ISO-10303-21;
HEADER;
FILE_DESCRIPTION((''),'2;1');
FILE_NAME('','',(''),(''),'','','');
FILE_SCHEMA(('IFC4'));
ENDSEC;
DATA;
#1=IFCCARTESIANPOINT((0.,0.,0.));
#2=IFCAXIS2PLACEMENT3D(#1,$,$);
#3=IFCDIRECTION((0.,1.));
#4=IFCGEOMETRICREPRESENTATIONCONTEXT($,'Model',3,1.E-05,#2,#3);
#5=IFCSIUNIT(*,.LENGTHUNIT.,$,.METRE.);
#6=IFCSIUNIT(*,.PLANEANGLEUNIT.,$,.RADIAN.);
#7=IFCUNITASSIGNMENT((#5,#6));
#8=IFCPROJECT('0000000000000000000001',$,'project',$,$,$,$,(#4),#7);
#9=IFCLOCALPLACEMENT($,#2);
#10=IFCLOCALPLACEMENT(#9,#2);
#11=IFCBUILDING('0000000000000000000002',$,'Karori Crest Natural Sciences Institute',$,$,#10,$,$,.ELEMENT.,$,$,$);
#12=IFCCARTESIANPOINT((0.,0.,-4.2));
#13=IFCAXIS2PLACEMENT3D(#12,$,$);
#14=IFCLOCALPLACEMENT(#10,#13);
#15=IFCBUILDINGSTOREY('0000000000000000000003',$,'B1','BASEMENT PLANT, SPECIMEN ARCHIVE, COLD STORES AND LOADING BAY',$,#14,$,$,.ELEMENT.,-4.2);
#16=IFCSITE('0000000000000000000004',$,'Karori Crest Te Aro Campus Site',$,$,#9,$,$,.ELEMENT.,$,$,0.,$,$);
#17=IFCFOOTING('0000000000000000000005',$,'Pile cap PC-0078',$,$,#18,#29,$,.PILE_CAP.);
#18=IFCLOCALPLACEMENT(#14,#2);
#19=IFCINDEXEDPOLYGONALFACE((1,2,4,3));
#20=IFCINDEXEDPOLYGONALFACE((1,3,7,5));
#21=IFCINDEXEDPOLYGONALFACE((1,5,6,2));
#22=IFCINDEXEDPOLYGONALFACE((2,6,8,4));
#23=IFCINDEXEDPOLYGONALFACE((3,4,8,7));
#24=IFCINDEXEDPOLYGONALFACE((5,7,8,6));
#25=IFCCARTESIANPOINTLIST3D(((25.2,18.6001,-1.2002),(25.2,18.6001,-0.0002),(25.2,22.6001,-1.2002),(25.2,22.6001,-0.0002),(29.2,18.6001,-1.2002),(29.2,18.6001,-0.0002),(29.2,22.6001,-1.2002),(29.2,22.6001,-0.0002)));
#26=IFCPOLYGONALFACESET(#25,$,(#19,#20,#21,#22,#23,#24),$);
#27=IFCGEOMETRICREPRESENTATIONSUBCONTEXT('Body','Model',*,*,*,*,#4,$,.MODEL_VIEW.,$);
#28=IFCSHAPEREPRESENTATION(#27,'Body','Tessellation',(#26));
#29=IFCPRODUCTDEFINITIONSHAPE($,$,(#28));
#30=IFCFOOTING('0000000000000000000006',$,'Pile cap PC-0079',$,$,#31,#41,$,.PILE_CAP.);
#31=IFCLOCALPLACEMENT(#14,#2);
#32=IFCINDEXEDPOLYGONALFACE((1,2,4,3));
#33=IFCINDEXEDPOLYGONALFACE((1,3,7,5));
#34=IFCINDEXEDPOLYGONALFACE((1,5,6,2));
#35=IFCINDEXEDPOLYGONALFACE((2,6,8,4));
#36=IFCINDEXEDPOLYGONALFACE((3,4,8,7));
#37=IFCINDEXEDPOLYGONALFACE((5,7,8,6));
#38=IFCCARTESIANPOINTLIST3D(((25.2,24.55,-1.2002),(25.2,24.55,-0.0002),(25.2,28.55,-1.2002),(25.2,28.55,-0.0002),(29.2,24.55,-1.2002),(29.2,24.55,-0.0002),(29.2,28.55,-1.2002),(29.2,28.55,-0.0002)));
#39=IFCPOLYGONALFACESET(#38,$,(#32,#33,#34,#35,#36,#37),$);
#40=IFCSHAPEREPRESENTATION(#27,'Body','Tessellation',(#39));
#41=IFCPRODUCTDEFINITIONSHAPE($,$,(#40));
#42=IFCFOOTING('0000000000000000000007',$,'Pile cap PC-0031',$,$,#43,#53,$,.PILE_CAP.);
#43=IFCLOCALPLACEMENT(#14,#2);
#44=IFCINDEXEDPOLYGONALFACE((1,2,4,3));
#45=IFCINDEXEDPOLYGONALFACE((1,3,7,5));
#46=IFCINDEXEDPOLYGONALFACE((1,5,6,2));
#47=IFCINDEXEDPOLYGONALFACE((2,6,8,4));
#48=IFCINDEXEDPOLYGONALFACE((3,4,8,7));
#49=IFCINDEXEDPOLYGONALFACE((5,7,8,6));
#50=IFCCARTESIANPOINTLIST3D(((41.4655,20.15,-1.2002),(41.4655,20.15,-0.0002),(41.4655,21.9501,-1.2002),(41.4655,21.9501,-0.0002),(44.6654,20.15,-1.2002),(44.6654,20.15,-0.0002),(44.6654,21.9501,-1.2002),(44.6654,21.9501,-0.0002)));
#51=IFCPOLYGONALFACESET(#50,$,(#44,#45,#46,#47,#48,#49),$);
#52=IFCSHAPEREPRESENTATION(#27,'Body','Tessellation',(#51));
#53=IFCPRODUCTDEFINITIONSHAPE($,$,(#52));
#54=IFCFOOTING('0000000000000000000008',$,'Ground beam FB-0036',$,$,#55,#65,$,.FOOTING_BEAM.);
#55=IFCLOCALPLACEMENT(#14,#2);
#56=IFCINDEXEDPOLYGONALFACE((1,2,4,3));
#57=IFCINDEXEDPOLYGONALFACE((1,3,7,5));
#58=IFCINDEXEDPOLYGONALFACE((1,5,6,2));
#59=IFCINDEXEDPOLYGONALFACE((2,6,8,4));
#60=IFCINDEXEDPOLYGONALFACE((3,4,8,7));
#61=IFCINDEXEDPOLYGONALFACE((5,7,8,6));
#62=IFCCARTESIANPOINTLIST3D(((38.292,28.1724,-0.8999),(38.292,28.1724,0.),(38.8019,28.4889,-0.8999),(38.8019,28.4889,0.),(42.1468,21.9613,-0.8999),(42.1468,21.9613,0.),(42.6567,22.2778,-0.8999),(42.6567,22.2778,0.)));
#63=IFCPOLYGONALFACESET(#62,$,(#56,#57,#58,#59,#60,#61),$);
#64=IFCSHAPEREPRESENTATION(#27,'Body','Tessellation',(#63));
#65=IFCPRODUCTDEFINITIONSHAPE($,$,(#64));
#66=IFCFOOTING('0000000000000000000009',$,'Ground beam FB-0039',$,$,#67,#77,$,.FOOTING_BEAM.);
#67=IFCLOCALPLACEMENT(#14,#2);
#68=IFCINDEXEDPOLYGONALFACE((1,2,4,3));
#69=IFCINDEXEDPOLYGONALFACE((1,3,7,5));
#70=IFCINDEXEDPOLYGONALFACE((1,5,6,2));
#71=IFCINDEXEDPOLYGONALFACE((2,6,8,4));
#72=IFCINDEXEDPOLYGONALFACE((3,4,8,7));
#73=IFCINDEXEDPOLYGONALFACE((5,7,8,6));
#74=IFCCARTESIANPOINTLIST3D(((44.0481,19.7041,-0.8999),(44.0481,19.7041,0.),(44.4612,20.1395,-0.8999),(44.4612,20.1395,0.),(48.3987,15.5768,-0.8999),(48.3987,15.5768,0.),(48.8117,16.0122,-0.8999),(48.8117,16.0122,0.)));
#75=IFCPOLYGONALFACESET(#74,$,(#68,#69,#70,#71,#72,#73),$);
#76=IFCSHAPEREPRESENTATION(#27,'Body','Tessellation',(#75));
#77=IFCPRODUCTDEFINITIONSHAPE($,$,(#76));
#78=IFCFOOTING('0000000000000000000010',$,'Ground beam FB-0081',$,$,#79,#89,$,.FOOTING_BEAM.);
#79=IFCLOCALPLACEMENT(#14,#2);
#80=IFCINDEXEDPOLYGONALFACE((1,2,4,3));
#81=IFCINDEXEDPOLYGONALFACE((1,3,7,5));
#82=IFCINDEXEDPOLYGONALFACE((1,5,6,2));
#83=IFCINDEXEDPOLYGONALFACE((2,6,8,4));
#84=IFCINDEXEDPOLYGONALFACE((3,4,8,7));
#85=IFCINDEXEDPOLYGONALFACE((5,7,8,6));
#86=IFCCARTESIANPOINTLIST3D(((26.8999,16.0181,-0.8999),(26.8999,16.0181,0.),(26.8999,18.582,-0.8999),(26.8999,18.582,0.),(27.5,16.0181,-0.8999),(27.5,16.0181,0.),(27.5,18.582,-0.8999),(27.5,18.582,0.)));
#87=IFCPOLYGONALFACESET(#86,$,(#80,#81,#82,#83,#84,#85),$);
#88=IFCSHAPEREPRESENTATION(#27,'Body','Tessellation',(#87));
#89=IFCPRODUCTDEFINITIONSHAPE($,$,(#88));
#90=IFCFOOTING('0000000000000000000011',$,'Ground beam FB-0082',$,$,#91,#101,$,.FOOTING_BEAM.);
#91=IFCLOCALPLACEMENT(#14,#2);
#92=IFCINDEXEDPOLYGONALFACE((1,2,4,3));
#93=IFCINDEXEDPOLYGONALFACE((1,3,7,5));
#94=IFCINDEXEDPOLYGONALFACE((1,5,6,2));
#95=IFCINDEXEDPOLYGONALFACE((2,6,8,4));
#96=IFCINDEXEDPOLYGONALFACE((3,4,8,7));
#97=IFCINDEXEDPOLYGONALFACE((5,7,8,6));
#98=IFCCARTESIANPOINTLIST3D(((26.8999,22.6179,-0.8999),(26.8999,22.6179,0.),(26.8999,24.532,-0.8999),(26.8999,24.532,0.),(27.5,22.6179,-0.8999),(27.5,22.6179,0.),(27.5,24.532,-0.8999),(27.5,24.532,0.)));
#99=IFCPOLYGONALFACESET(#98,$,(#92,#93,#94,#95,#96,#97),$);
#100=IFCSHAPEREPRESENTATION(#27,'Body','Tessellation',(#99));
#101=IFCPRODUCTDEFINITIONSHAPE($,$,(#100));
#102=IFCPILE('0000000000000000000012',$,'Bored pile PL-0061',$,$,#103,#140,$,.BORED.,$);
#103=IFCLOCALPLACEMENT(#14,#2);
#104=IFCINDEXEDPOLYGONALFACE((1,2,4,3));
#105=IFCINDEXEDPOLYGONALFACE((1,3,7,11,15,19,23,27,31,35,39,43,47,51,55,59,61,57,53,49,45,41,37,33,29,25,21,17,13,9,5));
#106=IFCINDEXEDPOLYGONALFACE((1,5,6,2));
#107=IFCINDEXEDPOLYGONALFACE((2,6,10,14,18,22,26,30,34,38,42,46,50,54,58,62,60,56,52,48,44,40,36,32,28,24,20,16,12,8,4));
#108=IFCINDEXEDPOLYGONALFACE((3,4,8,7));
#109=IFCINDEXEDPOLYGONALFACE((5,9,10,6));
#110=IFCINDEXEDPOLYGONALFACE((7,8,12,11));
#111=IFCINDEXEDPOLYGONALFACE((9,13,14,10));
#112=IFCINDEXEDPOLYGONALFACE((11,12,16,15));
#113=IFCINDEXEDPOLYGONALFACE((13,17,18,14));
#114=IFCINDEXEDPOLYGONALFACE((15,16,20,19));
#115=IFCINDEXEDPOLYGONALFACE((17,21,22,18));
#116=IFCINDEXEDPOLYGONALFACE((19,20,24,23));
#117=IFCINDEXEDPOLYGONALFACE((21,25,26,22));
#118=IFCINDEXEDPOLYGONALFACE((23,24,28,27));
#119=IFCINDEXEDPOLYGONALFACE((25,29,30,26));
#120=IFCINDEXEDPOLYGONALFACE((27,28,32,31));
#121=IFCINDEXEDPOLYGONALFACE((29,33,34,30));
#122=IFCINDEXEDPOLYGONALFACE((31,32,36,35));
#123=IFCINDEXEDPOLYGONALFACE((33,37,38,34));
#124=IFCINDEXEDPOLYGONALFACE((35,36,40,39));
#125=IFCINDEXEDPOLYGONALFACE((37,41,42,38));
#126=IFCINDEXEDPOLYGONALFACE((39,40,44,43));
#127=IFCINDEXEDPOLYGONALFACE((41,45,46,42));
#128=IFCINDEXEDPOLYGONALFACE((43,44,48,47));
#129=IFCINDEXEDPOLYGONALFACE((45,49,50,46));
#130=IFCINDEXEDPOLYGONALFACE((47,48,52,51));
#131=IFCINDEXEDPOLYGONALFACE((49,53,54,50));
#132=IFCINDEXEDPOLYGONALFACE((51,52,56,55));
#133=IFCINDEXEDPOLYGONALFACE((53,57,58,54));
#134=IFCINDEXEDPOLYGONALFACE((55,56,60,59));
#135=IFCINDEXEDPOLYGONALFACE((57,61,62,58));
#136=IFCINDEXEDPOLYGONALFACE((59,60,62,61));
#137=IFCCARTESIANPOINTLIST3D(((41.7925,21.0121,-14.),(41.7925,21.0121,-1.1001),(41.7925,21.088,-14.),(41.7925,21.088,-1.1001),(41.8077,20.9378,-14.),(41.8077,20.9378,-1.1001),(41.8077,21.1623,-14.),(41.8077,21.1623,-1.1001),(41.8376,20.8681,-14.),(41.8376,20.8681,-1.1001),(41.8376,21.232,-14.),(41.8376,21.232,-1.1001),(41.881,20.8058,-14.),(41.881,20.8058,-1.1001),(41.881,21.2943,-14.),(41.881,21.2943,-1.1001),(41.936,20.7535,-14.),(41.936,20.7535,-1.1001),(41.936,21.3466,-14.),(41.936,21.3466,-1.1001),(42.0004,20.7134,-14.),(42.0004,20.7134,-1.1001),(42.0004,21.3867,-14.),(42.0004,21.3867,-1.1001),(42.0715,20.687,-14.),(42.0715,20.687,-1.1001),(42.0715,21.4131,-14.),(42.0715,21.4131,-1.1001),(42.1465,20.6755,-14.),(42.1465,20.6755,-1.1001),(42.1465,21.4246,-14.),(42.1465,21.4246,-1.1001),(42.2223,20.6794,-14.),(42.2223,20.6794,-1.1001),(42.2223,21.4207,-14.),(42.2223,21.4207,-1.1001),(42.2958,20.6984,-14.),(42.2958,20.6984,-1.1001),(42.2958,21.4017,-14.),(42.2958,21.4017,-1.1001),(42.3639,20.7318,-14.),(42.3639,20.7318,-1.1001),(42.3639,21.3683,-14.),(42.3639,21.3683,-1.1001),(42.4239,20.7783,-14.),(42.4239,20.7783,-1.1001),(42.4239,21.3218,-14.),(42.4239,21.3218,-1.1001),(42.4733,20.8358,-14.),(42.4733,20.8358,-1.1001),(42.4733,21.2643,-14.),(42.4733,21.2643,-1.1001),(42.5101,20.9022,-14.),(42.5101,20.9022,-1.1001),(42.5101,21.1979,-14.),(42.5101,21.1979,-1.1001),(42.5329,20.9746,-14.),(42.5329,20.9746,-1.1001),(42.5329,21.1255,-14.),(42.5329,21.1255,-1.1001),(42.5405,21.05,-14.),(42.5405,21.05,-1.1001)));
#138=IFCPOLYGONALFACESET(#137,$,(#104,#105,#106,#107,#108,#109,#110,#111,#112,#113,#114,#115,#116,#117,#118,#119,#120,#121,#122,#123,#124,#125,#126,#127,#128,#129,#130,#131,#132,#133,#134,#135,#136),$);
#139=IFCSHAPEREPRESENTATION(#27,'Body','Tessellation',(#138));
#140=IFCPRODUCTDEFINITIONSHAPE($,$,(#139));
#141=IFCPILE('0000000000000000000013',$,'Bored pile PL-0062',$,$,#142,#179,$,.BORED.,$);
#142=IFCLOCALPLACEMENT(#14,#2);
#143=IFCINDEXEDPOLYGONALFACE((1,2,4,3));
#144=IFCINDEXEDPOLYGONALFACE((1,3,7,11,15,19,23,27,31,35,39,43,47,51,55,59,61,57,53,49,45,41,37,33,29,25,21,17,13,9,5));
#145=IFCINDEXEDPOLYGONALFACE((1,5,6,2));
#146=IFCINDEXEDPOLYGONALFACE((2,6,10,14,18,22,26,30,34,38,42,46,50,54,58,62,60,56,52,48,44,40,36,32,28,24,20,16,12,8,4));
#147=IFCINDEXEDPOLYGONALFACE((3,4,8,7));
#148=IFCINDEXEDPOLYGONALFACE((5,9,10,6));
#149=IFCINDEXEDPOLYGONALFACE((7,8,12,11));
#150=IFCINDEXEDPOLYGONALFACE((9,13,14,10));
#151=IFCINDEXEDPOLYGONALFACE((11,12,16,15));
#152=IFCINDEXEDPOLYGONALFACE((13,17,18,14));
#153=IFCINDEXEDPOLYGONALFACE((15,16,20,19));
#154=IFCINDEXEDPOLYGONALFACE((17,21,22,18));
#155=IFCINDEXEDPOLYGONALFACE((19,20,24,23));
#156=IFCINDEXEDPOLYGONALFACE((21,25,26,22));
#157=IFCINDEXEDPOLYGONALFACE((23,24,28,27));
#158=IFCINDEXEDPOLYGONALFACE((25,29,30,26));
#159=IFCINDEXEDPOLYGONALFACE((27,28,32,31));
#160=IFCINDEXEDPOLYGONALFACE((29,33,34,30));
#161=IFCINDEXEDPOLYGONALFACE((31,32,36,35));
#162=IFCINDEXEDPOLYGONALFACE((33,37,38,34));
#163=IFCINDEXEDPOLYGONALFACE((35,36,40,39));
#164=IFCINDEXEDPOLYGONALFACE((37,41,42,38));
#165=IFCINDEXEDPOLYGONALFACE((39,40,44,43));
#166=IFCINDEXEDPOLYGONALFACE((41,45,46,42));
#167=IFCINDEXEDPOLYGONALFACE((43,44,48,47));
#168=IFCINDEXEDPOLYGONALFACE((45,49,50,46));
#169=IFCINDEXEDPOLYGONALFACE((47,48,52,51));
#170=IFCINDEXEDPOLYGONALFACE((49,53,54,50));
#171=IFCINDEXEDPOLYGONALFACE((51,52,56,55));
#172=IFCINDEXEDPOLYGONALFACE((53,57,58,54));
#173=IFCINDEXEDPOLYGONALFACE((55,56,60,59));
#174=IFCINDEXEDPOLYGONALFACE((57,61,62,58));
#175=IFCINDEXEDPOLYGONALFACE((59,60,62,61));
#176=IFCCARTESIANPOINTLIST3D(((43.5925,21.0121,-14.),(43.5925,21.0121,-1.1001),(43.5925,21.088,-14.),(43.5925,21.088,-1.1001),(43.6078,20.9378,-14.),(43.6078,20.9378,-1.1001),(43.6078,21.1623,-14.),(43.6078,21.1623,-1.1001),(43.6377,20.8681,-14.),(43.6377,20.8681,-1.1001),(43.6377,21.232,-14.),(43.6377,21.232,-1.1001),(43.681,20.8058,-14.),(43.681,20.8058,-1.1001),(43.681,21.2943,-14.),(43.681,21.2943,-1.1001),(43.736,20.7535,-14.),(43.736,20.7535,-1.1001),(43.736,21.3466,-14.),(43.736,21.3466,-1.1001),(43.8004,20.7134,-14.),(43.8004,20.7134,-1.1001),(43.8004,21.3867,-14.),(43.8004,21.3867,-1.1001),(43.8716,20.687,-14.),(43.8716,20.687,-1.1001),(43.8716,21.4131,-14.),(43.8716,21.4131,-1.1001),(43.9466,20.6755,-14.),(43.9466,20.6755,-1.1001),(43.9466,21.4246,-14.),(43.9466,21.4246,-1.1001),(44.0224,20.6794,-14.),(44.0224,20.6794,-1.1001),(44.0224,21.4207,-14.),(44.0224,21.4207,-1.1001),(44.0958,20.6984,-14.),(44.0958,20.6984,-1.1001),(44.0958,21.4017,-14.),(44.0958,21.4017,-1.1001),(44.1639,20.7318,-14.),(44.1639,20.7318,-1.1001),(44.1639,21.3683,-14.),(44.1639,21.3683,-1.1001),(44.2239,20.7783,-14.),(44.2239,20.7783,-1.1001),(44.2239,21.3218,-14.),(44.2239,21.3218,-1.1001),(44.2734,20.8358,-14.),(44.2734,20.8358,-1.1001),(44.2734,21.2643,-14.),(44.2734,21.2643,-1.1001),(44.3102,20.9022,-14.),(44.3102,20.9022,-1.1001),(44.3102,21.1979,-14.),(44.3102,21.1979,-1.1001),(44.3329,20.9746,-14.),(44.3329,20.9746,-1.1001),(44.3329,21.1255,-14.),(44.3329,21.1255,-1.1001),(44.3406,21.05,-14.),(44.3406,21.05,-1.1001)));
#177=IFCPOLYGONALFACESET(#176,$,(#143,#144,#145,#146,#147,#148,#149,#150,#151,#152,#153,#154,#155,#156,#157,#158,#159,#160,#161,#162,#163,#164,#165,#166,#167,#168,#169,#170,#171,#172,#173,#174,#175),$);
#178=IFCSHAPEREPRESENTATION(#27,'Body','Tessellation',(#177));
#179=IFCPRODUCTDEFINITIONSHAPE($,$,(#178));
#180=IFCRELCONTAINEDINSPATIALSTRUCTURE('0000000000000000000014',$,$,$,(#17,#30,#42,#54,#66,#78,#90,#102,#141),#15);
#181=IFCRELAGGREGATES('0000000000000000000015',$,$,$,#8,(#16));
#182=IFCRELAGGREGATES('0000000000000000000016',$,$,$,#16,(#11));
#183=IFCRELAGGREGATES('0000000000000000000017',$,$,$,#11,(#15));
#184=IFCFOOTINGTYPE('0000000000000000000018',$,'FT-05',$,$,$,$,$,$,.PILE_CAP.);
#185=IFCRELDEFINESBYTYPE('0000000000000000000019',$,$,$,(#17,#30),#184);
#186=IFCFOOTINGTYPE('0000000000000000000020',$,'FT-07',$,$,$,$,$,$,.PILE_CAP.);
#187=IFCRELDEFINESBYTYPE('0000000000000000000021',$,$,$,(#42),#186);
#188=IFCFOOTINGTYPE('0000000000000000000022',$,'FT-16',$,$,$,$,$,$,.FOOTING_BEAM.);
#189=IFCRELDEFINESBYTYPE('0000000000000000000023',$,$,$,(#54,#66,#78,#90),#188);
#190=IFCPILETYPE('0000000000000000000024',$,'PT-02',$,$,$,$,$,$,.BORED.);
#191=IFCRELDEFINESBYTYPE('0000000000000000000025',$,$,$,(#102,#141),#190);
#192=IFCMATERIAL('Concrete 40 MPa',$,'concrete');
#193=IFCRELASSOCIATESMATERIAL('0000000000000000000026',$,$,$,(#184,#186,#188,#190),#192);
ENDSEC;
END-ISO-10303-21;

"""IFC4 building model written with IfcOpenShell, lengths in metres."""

from ifc_helpers import new_model, si_unit, direction, frame, origin, origin_2d, place, context, subcontext, project, spatial, rectangle, circle, extrude, material, material_profile, profile_set, type_object, element, save


model = new_model("IFC4")

# Units and contexts
model_context = context("Model", 3, precision=1e-05, world=origin(), true_north=direction((0.0, 1.0)))
body_context = subcontext(model_context, "Body", "Model", "MODEL_VIEW")
ifc_project = project(units=[si_unit("LENGTHUNIT", "METRE"), si_unit("PLANEANGLEUNIT", "RADIAN")], contexts=[model_context])

# Site, building, storey
site_placement = place(None, origin())
site = spatial("IfcSite", under=ifc_project, at=site_placement, Name="Karori Crest Te Aro Campus Site", CompositionType="ELEMENT", RefElevation=0.0)
building_placement = place(site_placement, origin())
building = spatial("IfcBuilding", under=site, at=building_placement, Name="Karori Crest Natural Sciences Institute", CompositionType="ELEMENT")
storey_placement = place(building_placement, frame((0.0, 0.0, -4.2)))
storey = spatial("IfcBuildingStorey", under=building, at=storey_placement, Name="B1", Description="BASEMENT PLANT, SPECIMEN ARCHIVE, COLD STORES AND LOADING BAY", CompositionType="ELEMENT", Elevation=-4.2)

# Footings
ifc_material_1 = material(Name="Concrete 40 MPa", Category="concrete")
footing_type_1 = type_object("IfcFootingType", Name="FT-05", PredefinedType="PILE_CAP", material=ifc_material_1)
for number, where, z_axis, x_axis, name in (
    (1, (27.2, 20.6001, -1.2002), (0.0, 0.0, 1.0), (1.0, 0.0, 0.0), "Pile cap PC-0078"),
    (2, (27.2, 26.55, -1.2002), (0.0, 0.0, 1.0), (1.0, 0.0, 0.0), "Pile cap PC-0079"),
):
    element("IfcFooting", number, at=place(storey_placement, frame(where, z_axis=z_axis, x_axis=x_axis)), inside=storey, type_object=footing_type_1, Name=name, PredefinedType="PILE_CAP", context=body_context, shape_type="SweptSolid", body=[
        extrude(rectangle(XDim=4.0, YDim=4.0, at=origin_2d()), origin(), (0.0, 0.0, 1.0), 1.2),
    ])
footing_type_2 = type_object("IfcFootingType", Name="FT-07", PredefinedType="PILE_CAP", material=ifc_material_1)
footing_1_placement = place(storey_placement, frame((43.0654, 21.05, -1.2002), z_axis=(0.0, 0.0, 1.0), x_axis=(1.0, 0.0, 0.0)))
element("IfcFooting", 3, at=footing_1_placement, inside=storey, type_object=footing_type_2, Name="Pile cap PC-0031", PredefinedType="PILE_CAP", context=body_context, shape_type="SweptSolid", body=[
    extrude(rectangle(XDim=3.2, YDim=1.8, at=origin_2d()), origin(), (0.0, 0.0, 1.0), 1.2),
])
footing_type_3 = type_object("IfcFootingType", Name="FT-16", PredefinedType="FOOTING_BEAM", material=ifc_material_1)
footing_2_placement = place(storey_placement, frame((40.4744, 25.2251, -0.8999), z_axis=(0.0, 0.0, 1.0), x_axis=(-0.527325, 0.849664, 0.0)))
element("IfcFooting", 4, at=footing_2_placement, inside=storey, type_object=footing_type_3, Name="Ground beam FB-0036", PredefinedType="FOOTING_BEAM", context=body_context, shape_type="SweptSolid", body=[
    extrude(rectangle(XDim=7.3101, YDim=0.6001, at=origin_2d()), origin(), (0.0, 0.0, 1.0), 0.8999),
])
footing_3_placement = place(storey_placement, frame((46.4299, 17.8582, -0.8999), z_axis=(0.0, 0.0, 1.0), x_axis=(-0.725475, 0.688248, 0.0)))
element("IfcFooting", 5, at=footing_3_placement, inside=storey, type_object=footing_type_3, Name="Ground beam FB-0039", PredefinedType="FOOTING_BEAM", context=body_context, shape_type="SweptSolid", body=[
    extrude(rectangle(XDim=5.9968, YDim=0.6001, at=origin_2d()), origin(), (0.0, 0.0, 1.0), 0.8999),
])
footing_4_placement = place(storey_placement, frame((27.2, 17.3, -0.8999), z_axis=(0.0, 0.0, 1.0), x_axis=(0.0, 1.0, 0.0)))
element("IfcFooting", 6, at=footing_4_placement, inside=storey, type_object=footing_type_3, Name="Ground beam FB-0081", PredefinedType="FOOTING_BEAM", context=body_context, shape_type="SweptSolid", body=[
    extrude(rectangle(XDim=2.564, YDim=0.6001, at=origin_2d()), origin(), (0.0, 0.0, 1.0), 0.8999),
])
footing_5_placement = place(storey_placement, frame((27.2, 23.575, -0.8999), z_axis=(0.0, 0.0, 1.0), x_axis=(0.0, 1.0, 0.0)))
element("IfcFooting", 7, at=footing_5_placement, inside=storey, type_object=footing_type_3, Name="Ground beam FB-0082", PredefinedType="FOOTING_BEAM", context=body_context, shape_type="SweptSolid", body=[
    extrude(rectangle(XDim=1.9141, YDim=0.6001, at=origin_2d()), origin(), (0.0, 0.0, 1.0), 0.8999),
])

# Piles
ifc_material_profile_1 = material_profile(ifc_material_1, circle(Radius=0.375, at=origin_2d()), Name="PILE750")
ifc_profile_set_1 = profile_set([ifc_material_profile_1], Name="Concrete 40 MPa")
pile_type_1 = type_object("IfcPileType", Name="PT-02", PredefinedType="BORED", material=ifc_profile_set_1)
for number, where, z_axis, x_axis, name in (
    (8, (42.1655, 21.05, -1.1001), (0.0, 0.0, -1.0), (1.0, 0.0, 0.0), "Bored pile PL-0061"),
    (9, (43.9656, 21.05, -1.1001), (0.0, 0.0, -1.0), (1.0, 0.0, 0.0), "Bored pile PL-0062"),
):
    element("IfcPile", number, at=place(storey_placement, frame(where, z_axis=z_axis, x_axis=x_axis)), inside=storey, type_object=pile_type_1, Name=name, PredefinedType="BORED", context=body_context, shape_type="SweptSolid", body=[
        extrude(circle(Radius=0.375, at=origin_2d()), origin(), (0.0, 0.0, 1.0), 12.8999),
    ])

save(model, "model.ifc")
